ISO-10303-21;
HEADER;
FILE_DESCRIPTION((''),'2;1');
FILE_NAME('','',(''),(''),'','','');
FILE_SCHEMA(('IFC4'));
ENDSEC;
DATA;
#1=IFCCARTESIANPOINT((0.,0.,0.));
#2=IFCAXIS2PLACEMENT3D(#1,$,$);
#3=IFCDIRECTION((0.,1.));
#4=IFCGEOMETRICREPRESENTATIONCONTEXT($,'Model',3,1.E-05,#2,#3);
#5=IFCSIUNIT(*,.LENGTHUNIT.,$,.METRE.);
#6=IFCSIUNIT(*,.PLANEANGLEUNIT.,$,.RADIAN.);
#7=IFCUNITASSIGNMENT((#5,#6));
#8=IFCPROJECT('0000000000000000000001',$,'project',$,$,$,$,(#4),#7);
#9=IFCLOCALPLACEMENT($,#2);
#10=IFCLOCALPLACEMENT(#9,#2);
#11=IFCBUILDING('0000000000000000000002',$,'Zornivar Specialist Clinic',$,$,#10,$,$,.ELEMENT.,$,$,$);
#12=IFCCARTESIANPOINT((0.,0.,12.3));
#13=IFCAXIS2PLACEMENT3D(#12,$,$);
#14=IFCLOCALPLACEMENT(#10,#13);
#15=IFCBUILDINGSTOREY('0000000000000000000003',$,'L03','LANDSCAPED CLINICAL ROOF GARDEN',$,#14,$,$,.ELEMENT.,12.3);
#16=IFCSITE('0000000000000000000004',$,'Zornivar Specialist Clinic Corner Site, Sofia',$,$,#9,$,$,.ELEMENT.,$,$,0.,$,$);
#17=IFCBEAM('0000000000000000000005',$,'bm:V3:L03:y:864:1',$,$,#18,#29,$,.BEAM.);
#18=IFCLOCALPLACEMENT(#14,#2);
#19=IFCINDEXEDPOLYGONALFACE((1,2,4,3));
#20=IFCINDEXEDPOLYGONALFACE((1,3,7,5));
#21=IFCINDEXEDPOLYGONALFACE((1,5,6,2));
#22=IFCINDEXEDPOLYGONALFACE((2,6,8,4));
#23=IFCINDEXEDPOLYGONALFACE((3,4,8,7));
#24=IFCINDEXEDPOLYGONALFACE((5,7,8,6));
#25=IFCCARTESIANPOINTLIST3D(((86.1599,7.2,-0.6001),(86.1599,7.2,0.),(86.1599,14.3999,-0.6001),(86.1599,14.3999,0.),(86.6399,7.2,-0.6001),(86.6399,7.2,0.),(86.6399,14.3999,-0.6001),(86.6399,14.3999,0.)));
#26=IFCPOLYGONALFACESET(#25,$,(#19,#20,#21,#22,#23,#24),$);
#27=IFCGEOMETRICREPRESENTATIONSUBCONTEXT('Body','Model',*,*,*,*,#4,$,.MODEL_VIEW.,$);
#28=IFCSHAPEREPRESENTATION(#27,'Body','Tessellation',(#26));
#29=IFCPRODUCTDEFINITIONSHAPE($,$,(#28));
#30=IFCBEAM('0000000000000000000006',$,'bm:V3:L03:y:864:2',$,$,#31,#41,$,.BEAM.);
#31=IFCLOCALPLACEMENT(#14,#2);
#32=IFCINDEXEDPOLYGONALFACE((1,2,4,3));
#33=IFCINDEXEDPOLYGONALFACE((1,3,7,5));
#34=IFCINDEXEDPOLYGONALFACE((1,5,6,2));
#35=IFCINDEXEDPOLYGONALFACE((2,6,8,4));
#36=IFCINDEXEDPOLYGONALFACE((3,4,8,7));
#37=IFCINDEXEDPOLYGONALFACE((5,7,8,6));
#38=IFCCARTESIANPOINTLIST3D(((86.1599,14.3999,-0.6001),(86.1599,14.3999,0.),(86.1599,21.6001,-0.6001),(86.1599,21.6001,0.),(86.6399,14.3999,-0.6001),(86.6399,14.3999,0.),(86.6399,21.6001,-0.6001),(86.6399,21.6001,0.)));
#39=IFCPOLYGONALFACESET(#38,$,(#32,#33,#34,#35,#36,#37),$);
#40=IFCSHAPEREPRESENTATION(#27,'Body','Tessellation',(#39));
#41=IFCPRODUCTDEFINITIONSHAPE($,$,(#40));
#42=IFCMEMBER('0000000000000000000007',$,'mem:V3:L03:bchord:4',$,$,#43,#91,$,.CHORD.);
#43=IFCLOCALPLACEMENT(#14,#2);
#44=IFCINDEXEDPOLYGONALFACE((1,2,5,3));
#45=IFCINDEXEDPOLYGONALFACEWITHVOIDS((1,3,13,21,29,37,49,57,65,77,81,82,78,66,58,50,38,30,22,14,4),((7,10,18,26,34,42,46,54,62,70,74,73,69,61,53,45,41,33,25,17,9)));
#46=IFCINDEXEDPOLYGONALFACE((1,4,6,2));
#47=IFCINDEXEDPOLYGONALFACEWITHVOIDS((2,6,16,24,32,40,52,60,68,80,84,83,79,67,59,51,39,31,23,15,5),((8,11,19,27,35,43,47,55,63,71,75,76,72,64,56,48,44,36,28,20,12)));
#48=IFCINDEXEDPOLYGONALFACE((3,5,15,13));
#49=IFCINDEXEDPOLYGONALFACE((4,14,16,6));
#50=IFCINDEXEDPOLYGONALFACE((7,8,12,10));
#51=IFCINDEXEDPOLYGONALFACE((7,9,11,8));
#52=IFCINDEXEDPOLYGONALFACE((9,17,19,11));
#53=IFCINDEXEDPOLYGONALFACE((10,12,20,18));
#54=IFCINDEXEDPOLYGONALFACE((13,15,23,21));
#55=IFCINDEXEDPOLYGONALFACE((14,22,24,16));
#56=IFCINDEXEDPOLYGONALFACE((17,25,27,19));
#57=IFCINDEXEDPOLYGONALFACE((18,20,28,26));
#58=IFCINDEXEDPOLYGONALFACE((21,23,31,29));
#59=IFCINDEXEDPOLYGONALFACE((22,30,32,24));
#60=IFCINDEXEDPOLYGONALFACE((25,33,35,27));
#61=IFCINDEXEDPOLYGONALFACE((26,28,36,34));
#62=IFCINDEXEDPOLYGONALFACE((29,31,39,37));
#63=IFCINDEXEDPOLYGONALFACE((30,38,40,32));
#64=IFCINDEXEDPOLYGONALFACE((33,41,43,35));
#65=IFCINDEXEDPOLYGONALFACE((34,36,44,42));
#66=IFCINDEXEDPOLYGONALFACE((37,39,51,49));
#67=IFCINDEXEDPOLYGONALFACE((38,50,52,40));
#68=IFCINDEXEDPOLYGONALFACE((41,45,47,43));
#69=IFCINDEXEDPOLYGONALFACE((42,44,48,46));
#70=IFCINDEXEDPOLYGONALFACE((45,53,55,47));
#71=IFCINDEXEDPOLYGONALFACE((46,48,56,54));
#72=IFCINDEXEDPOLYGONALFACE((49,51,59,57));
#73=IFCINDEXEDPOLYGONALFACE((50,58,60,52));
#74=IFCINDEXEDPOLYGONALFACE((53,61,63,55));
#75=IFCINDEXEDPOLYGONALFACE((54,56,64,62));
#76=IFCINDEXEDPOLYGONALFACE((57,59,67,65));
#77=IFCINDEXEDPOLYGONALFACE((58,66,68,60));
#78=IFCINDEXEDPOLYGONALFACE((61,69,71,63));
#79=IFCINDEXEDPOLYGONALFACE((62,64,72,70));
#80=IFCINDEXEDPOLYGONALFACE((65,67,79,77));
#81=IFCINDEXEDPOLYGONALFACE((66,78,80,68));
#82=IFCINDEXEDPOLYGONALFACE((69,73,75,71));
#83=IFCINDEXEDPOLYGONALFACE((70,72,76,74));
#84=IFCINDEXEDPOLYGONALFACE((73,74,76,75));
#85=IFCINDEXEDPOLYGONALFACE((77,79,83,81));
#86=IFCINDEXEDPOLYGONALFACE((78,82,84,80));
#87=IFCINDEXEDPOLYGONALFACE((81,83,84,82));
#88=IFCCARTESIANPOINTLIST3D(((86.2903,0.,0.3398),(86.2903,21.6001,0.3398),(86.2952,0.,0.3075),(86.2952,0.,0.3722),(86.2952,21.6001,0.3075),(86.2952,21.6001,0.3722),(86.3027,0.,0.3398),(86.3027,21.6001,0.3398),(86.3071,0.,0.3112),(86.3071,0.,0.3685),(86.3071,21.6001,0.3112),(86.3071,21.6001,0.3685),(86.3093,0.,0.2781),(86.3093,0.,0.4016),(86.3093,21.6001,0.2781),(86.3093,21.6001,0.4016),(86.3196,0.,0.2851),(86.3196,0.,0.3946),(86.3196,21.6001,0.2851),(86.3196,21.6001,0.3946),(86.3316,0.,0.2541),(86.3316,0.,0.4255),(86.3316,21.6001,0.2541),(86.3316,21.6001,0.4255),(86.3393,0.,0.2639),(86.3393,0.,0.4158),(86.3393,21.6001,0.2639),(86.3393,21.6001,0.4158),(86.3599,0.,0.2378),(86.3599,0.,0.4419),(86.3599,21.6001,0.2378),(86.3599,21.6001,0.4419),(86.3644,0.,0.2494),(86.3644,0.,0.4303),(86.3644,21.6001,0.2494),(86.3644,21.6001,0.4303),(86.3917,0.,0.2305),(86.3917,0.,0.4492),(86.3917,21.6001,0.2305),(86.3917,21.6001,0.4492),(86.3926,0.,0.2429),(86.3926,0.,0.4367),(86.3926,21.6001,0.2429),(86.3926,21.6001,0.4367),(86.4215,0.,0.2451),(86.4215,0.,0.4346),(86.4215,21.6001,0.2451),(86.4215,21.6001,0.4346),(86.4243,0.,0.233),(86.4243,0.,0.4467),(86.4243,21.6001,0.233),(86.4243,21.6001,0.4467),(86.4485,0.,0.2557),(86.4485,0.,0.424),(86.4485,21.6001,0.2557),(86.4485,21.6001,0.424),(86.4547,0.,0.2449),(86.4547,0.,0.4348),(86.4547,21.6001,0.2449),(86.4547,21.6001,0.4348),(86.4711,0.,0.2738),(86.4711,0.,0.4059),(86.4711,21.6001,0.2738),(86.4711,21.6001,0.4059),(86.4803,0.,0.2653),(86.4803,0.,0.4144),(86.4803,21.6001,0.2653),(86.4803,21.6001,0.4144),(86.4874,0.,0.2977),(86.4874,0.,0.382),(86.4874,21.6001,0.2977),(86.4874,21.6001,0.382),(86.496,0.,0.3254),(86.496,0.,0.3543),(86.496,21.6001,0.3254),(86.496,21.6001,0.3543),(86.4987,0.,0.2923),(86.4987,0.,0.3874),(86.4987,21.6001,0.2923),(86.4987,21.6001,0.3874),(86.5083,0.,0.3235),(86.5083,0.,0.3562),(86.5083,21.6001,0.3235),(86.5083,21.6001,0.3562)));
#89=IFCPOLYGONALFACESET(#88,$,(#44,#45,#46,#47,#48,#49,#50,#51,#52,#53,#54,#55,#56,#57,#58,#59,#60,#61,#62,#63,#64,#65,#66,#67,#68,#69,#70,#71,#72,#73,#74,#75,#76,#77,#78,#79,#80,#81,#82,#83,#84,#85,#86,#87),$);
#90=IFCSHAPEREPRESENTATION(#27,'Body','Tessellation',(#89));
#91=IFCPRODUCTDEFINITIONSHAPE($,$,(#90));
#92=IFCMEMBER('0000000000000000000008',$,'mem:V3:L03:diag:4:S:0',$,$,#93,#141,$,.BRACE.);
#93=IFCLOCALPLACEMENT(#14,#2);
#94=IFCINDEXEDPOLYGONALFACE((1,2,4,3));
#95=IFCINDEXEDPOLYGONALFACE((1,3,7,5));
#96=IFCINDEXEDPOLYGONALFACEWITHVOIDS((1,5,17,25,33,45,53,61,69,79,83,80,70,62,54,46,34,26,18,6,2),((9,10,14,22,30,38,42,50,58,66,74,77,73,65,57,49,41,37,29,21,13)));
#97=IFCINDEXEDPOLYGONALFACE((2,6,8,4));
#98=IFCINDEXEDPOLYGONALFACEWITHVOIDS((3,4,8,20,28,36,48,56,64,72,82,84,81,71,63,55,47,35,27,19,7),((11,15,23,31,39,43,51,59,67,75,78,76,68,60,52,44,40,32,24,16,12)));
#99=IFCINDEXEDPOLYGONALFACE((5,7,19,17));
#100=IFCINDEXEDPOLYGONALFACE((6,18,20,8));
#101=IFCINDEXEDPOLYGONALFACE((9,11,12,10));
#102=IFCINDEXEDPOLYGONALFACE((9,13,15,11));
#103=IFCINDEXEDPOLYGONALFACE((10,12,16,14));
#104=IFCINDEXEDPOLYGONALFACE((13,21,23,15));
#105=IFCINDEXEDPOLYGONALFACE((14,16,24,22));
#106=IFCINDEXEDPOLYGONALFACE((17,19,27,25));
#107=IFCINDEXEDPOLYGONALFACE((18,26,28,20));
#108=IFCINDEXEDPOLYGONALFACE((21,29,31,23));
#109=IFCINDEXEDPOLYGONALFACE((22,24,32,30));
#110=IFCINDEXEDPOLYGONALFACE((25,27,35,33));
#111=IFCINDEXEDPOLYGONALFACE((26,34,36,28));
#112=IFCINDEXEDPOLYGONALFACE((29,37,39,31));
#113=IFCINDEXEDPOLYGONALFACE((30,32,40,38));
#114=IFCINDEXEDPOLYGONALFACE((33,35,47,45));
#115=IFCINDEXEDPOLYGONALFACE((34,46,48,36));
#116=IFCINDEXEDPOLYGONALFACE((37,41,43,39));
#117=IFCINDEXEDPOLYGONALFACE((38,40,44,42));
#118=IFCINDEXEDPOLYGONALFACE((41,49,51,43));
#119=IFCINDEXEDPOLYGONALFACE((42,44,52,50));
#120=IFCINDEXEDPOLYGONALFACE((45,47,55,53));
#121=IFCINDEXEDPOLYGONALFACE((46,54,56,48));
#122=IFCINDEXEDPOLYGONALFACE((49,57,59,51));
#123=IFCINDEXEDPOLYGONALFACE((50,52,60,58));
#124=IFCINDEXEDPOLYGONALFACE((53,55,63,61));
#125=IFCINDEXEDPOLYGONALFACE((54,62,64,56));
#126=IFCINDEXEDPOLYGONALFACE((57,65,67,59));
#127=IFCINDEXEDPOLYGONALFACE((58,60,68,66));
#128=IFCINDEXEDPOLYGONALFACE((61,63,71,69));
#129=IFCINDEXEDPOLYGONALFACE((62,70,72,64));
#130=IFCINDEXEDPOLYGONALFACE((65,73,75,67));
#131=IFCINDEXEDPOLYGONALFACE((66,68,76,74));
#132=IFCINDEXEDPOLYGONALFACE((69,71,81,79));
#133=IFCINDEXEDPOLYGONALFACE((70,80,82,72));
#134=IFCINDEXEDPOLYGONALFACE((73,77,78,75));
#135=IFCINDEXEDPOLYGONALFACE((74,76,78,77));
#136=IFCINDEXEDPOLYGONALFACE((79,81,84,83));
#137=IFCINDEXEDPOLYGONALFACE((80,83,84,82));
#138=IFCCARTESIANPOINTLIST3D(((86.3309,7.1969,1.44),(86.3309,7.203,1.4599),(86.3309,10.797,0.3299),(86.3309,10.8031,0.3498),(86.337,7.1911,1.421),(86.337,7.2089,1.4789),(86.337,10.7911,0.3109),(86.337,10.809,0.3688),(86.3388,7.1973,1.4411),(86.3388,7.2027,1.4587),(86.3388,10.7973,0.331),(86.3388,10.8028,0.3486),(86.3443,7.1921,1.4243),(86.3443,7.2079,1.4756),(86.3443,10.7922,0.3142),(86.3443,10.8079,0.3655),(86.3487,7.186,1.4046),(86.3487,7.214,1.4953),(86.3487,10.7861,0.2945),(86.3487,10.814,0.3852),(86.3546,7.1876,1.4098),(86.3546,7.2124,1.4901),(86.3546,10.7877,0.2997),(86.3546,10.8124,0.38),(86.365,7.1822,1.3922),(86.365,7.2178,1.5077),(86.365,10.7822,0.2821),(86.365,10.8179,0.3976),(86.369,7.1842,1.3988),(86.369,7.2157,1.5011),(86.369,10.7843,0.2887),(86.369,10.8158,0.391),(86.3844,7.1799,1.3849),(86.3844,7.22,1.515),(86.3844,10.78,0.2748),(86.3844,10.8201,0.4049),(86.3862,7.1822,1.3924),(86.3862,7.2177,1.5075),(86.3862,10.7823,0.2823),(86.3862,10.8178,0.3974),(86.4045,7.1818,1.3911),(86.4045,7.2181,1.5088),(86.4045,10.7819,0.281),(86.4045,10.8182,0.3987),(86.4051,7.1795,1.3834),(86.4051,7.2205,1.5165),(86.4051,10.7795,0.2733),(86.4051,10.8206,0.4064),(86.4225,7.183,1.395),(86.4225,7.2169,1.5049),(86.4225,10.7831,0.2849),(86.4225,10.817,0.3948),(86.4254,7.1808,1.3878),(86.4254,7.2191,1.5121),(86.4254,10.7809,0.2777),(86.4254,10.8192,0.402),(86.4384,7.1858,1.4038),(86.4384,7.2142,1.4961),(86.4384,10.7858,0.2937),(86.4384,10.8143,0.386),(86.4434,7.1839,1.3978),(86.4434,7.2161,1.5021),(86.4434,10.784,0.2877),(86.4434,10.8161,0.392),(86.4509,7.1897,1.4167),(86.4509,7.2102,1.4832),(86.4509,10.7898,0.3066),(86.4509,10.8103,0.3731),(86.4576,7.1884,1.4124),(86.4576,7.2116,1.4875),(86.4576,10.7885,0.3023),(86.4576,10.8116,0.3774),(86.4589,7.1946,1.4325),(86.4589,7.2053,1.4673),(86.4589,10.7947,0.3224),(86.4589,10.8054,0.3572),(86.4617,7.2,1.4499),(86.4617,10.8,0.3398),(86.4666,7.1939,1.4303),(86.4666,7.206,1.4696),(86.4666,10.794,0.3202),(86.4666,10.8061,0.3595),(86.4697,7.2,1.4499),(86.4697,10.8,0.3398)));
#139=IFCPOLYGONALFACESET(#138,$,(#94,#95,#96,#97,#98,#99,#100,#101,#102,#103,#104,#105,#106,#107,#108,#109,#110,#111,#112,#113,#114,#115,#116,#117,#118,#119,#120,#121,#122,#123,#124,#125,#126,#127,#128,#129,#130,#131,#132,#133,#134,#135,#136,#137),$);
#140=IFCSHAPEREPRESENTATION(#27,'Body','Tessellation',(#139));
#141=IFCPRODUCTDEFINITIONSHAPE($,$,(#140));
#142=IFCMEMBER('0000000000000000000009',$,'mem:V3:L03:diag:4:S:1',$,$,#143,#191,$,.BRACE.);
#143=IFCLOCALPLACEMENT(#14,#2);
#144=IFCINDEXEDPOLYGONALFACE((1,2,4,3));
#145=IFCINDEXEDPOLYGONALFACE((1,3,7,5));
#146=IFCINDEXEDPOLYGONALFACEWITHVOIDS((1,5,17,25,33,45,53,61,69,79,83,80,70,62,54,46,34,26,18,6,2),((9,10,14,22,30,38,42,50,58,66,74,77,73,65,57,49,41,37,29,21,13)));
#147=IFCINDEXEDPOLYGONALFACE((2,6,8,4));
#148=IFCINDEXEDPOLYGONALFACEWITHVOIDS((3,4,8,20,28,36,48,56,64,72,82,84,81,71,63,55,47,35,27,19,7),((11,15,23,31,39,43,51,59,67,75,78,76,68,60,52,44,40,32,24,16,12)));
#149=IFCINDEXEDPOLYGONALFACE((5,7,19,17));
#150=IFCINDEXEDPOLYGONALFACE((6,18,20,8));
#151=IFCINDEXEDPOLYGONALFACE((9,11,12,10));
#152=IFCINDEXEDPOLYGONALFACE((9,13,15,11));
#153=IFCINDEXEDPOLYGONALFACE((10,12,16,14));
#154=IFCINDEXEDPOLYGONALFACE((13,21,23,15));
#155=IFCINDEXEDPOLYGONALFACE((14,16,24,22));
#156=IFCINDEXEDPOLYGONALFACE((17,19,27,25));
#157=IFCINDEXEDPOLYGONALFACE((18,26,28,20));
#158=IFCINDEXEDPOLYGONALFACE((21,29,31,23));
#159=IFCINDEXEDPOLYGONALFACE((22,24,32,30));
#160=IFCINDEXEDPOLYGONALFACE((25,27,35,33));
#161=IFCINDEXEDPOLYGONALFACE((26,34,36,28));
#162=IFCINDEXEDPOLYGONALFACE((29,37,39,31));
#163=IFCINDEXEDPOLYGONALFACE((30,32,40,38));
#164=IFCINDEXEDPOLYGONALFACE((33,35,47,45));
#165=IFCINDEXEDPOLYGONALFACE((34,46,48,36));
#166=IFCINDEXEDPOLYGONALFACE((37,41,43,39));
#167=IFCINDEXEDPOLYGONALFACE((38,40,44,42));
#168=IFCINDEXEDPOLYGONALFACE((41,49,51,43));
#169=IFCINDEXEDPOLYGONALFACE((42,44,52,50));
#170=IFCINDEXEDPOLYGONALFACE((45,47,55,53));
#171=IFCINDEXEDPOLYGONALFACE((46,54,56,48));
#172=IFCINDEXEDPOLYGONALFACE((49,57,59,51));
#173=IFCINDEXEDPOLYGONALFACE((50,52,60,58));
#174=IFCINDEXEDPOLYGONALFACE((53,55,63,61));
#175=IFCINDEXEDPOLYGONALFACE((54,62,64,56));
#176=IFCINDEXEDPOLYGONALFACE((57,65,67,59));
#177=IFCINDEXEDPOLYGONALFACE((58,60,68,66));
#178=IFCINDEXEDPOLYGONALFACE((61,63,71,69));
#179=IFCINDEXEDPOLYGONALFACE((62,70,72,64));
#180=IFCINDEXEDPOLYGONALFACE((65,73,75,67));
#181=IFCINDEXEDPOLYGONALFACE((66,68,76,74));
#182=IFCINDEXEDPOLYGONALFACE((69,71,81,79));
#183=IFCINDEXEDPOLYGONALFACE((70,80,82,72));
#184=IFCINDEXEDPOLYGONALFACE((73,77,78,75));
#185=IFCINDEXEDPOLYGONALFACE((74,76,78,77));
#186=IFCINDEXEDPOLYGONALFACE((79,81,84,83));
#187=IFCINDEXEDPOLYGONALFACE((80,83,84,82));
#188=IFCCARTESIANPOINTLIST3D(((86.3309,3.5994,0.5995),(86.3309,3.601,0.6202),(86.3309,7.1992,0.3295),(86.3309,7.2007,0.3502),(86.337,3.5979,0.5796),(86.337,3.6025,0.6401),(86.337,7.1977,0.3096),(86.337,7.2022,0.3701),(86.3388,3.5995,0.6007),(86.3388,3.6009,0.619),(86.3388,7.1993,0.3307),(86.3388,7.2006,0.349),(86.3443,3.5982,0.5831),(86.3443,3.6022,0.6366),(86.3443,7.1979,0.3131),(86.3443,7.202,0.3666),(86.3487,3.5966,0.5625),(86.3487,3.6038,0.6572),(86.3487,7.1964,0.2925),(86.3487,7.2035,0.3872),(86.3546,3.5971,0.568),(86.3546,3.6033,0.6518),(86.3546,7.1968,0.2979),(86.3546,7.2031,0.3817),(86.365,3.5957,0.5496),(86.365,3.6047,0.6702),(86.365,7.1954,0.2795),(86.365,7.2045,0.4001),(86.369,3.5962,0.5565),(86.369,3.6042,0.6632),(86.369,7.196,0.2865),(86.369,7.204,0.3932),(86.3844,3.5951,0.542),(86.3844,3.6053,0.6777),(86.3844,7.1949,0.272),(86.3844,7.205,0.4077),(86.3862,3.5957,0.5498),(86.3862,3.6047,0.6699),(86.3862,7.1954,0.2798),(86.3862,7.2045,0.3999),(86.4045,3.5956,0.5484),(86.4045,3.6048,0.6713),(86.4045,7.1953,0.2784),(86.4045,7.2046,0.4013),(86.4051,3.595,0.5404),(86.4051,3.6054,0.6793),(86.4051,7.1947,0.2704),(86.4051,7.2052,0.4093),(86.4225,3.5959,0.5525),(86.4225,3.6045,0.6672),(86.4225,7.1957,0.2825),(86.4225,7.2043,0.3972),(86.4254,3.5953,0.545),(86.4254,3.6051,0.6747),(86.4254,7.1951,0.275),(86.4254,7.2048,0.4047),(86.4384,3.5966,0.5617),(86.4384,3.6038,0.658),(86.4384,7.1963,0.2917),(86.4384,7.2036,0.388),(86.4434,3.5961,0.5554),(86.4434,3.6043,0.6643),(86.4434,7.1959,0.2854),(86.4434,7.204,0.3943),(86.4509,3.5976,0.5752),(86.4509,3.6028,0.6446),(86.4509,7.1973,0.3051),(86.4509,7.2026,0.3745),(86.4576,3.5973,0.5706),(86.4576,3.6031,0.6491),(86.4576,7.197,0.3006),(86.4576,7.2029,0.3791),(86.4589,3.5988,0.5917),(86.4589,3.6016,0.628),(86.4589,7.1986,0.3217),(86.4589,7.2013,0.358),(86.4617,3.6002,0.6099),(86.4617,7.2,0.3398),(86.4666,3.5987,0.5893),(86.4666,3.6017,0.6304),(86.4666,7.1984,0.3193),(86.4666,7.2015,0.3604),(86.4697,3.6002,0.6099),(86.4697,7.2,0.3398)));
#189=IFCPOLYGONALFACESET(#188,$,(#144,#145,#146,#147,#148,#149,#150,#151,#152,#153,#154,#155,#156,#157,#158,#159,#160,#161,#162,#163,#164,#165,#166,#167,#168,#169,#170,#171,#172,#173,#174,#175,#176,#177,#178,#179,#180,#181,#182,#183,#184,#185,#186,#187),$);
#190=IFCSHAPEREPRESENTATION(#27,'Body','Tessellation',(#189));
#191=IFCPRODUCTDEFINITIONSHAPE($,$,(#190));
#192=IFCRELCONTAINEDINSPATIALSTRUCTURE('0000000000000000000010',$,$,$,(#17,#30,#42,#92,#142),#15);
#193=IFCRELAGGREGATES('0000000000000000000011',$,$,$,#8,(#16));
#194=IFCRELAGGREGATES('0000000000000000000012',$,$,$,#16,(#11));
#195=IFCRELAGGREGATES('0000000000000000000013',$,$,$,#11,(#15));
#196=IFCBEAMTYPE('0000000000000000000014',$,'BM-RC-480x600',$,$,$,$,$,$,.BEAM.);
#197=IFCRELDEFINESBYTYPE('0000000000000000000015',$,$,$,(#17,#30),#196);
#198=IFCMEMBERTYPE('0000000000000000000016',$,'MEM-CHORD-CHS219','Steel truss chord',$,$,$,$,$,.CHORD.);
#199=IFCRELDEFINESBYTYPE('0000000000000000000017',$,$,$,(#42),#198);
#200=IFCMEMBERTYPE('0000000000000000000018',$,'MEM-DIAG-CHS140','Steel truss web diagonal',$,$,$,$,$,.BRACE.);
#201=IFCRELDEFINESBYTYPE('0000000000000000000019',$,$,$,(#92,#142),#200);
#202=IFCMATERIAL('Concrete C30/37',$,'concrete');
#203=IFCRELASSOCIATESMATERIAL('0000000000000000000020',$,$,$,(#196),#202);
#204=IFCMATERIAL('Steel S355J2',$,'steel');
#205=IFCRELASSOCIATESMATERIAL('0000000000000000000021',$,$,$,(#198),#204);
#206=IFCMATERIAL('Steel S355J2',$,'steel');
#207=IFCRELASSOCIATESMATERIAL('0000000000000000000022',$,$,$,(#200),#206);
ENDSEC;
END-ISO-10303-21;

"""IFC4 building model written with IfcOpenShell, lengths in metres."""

from ifc_helpers import new_model, si_unit, direction, frame, origin, origin_2d, place, context, subcontext, project, spatial, rectangle, hollow_circle, extrude, material, material_profile, profile_set, type_object, element, save


model = new_model("IFC4")

# Units and contexts
model_context = context("Model", 3, precision=1e-05, world=origin(), true_north=direction((0.0, 1.0)))
body_context = subcontext(model_context, "Body", "Model", "MODEL_VIEW")
ifc_project = project(units=[si_unit("LENGTHUNIT", "METRE"), si_unit("PLANEANGLEUNIT", "RADIAN")], contexts=[model_context])

# Site, building, storey
site_placement = place(None, origin())
site = spatial("IfcSite", under=ifc_project, at=site_placement, Name="Zornivar Specialist Clinic Corner Site, Sofia", CompositionType="ELEMENT", RefElevation=0.0)
building_placement = place(site_placement, origin())
building = spatial("IfcBuilding", under=site, at=building_placement, Name="Zornivar Specialist Clinic", CompositionType="ELEMENT")
storey_placement = place(building_placement, frame((0.0, 0.0, 12.3)))
storey = spatial("IfcBuildingStorey", under=building, at=storey_placement, Name="L03", Description="LANDSCAPED CLINICAL ROOF GARDEN", CompositionType="ELEMENT", Elevation=12.3)

# Beams
ifc_material_1 = material(Name="Concrete C30/37", Category="concrete")
ifc_material_profile_1 = material_profile(ifc_material_1, rectangle(XDim=0.48, YDim=0.6001, at=origin_2d()), Name="RC 480x600")
ifc_profile_set_1 = profile_set([ifc_material_profile_1], Name="Concrete C30/37")
beam_type = type_object("IfcBeamType", Name="BM-RC-480x600", PredefinedType="BEAM", material=ifc_profile_set_1)
beam_1_placement = place(storey_placement, frame((86.3999, 7.2, -0.3), z_axis=(0.0, 1.0, 0.0), x_axis=(-1.0, 0.0, 0.0)))
element("IfcBeam", 1, at=beam_1_placement, inside=storey, type_object=beam_type, Name="bm:V3:L03:y:864:1", PredefinedType="BEAM", context=body_context, shape_type="SweptSolid", body=[
    extrude(rectangle(XDim=0.48, YDim=0.6001, at=origin_2d()), origin(), (0.0, 0.0, 1.0), 7.2),
])
beam_2_placement = place(storey_placement, frame((86.3999, 14.3999, -0.3), z_axis=(0.0, 1.0, 0.0), x_axis=(-1.0, 0.0, 0.0)))
element("IfcBeam", 2, at=beam_2_placement, inside=storey, type_object=beam_type, Name="bm:V3:L03:y:864:2", PredefinedType="BEAM", context=body_context, shape_type="SweptSolid", body=[
    extrude(rectangle(XDim=0.48, YDim=0.6001, at=origin_2d()), origin(), (0.0, 0.0, 1.0), 7.2002),
])

# Members
ifc_material_2 = material(Name="Steel S355J2", Category="steel")
ifc_material_profile_2 = material_profile(ifc_material_2, hollow_circle(Radius=0.1096, WallThickness=0.0125, at=origin_2d()), Name="CHS 219.1x12.5")
ifc_profile_set_2 = profile_set([ifc_material_profile_2], Name="Steel S355J2")
member_type_1 = type_object("IfcMemberType", Name="MEM-CHORD-CHS219", Description="Steel truss chord", PredefinedType="CHORD", material=ifc_profile_set_2)
member_1_placement = place(storey_placement, frame((86.3999, 0.0, 0.3398), z_axis=(0.0, 1.0, 0.0), x_axis=(-1.0, 0.0, 0.0)))
element("IfcMember", 3, at=member_1_placement, inside=storey, type_object=member_type_1, Name="mem:V3:L03:bchord:4", PredefinedType="CHORD", context=body_context, shape_type="SweptSolid", body=[
    extrude(hollow_circle(Radius=0.1096, WallThickness=0.0125, at=origin_2d()), origin(), (0.0, 0.0, 1.0), 21.6001),
])
ifc_material_3 = material(Name="Steel S355J2", Category="steel")
ifc_material_profile_3 = material_profile(ifc_material_3, hollow_circle(Radius=0.0698, WallThickness=0.0081, at=origin_2d()), Name="CHS 139.7x8")
ifc_profile_set_3 = profile_set([ifc_material_profile_3], Name="Steel S355J2")
member_type_2 = type_object("IfcMemberType", Name="MEM-DIAG-CHS140", Description="Steel truss web diagonal", PredefinedType="BRACE", material=ifc_profile_set_3)
member_2_placement = place(storey_placement, frame((86.3999, 10.8, 0.3398), z_axis=(0.0, -0.955601, 0.294664), x_axis=(1.0, 0.0, 0.0)))
element("IfcMember", 4, at=member_2_placement, inside=storey, type_object=member_type_2, Name="mem:V3:L03:diag:4:S:0", PredefinedType="BRACE", context=body_context, shape_type="SweptSolid", body=[
    extrude(hollow_circle(Radius=0.0698, WallThickness=0.0081, at=origin_2d()), origin(), (0.0, 0.0, 1.0), 3.7673),
])
member_3_placement = place(storey_placement, frame((86.3999, 7.2, 0.3398), z_axis=(0.0, -0.997199, 0.074798), x_axis=(1.0, 0.0, 0.0)))
element("IfcMember", 5, at=member_3_placement, inside=storey, type_object=member_type_2, Name="mem:V3:L03:diag:4:S:1", PredefinedType="BRACE", context=body_context, shape_type="SweptSolid", body=[
    extrude(hollow_circle(Radius=0.0698, WallThickness=0.0081, at=origin_2d()), origin(), (0.0, 0.0, 1.0), 3.6099),
])

save(model, "model.ifc")
